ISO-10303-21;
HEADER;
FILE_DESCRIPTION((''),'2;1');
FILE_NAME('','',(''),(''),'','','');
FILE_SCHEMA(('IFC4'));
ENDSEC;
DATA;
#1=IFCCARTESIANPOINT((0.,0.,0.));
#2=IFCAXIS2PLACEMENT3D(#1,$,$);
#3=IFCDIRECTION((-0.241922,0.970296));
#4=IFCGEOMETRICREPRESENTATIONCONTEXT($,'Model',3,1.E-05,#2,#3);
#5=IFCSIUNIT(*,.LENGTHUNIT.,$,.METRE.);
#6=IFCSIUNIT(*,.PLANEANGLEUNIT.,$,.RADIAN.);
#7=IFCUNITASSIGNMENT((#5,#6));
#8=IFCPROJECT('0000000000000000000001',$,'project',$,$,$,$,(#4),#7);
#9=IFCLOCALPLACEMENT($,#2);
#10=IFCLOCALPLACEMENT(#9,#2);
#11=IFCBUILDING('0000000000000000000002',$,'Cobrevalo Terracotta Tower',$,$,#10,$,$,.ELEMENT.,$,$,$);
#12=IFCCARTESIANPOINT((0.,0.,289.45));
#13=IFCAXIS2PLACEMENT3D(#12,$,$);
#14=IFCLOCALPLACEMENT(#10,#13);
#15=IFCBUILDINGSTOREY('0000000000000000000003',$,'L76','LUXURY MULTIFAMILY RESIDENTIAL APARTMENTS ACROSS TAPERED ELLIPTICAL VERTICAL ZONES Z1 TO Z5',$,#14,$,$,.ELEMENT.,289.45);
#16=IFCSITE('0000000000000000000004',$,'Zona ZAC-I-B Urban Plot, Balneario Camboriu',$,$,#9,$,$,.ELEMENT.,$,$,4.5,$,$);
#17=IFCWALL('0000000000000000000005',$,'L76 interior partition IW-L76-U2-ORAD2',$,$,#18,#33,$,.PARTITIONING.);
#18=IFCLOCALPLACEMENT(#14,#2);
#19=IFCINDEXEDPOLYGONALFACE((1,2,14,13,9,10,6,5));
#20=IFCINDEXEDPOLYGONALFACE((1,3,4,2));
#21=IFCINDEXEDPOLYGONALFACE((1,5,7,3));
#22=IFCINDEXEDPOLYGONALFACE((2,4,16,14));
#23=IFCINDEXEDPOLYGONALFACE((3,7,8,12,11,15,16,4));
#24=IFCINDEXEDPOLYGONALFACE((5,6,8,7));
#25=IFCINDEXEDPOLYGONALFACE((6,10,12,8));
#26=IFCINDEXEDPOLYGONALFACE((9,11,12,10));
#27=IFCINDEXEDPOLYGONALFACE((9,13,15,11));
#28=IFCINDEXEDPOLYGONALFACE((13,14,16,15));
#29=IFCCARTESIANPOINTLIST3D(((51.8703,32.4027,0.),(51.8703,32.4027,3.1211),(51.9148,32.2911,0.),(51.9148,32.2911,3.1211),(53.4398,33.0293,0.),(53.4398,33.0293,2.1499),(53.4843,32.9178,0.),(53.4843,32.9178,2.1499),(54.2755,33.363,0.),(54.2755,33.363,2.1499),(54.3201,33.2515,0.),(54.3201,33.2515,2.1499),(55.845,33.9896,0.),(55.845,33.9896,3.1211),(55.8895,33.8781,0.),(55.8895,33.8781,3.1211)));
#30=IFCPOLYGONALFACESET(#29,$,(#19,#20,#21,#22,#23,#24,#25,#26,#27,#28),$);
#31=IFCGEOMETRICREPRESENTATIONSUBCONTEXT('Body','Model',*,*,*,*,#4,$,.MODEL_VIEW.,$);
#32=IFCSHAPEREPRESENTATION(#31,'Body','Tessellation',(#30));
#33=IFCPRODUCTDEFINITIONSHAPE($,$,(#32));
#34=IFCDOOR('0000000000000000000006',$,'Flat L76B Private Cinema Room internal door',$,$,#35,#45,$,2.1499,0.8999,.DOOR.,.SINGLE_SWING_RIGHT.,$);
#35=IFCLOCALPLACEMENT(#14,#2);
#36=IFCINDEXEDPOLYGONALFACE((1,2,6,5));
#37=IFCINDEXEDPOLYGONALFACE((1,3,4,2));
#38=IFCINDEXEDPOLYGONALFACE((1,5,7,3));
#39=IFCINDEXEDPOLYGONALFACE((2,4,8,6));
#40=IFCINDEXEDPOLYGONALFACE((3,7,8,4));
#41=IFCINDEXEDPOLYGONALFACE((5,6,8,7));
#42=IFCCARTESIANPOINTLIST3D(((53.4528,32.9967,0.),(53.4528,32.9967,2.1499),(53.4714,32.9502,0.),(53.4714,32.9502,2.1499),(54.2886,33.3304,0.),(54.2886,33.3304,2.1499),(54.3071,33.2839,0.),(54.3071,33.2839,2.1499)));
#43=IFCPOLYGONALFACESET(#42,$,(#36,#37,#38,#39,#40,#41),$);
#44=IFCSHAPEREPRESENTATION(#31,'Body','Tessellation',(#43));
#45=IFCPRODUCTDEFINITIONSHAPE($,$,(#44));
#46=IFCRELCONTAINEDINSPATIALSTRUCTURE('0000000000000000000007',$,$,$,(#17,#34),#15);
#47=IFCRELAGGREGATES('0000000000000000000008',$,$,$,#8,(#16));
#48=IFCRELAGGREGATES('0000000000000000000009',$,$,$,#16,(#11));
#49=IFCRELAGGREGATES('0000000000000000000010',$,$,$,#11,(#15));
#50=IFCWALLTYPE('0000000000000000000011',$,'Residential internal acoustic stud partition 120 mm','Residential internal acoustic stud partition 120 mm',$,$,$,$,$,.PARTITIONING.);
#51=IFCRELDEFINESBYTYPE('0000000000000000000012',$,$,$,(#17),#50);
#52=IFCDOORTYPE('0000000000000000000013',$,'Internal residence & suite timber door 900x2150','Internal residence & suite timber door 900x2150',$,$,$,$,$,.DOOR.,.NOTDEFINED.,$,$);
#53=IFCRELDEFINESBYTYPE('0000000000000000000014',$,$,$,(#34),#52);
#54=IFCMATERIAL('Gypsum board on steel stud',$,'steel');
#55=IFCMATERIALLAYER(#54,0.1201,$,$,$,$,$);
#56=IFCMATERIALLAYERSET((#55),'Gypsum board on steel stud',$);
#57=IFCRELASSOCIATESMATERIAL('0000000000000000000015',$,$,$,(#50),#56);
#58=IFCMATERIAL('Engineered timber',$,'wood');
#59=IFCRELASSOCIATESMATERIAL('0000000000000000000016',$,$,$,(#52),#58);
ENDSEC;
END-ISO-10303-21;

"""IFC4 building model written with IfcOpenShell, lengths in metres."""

from ifc_helpers import new_model, si_unit, direction, frame, frame_2d, origin, place, context, subcontext, project, spatial, rectangle, extrude, source, transform, mapped, material, layer, layer_set, type_object, element, fill, save


model = new_model("IFC4")

# Units and contexts
model_context = context("Model", 3, precision=1e-05, world=origin(), true_north=direction((-0.241922, 0.970296)))
body_context = subcontext(model_context, "Body", "Model", "MODEL_VIEW")
ifc_project = project(units=[si_unit("LENGTHUNIT", "METRE"), si_unit("PLANEANGLEUNIT", "RADIAN")], contexts=[model_context])

# Site, building, storey
site_placement = place(None, origin())
site = spatial("IfcSite", under=ifc_project, at=site_placement, Name="Zona ZAC-I-B Urban Plot, Balneario Camboriu", CompositionType="ELEMENT", RefElevation=4.5)
building_placement = place(site_placement, origin())
building = spatial("IfcBuilding", under=site, at=building_placement, Name="Cobrevalo Terracotta Tower", CompositionType="ELEMENT")
storey_placement = place(building_placement, frame((0.0, 0.0, 289.45)))
storey = spatial("IfcBuildingStorey", under=building, at=storey_placement, Name="L76", Description="LUXURY MULTIFAMILY RESIDENTIAL APARTMENTS ACROSS TAPERED ELLIPTICAL VERTICAL ZONES Z1 TO Z5", CompositionType="ELEMENT", Elevation=289.45)

# Shared definitions
ifc_material_1 = material(Name="Gypsum board on steel stud", Category="steel")
ifc_layer_1 = layer(ifc_material_1, 0.1201)
ifc_layer_set_1 = layer_set([ifc_layer_1], Name="Gypsum board on steel stud")
wall_type = type_object("IfcWallType", Name="Residential internal acoustic stud partition 120 mm", Description="Residential internal acoustic stud partition 120 mm", PredefinedType="PARTITIONING", material=ifc_layer_set_1)

# Wall, opening, door
wall_1_placement = place(storey_placement, frame((51.8926, 32.3469, 0.0), z_axis=(0.0, 0.0, 1.0), x_axis=(0.928713, 0.3708, 0.0)))
wall_1 = element("IfcWall", 1, at=wall_1_placement, inside=storey, type_object=wall_type, Name="L76 interior partition IW-L76-U2-ORAD2", PredefinedType="PARTITIONING", context=body_context, shape_type="SweptSolid", body=[
    extrude(rectangle(XDim=4.2798, YDim=0.1201, at=frame_2d((2.1399, 0.0))), origin(), (0.0, 0.0, 1.0), 3.1211),
])
opening_1_placement = place(wall_1_placement, frame((1.6899, 0.0, 0.0)))
opening_1 = element("IfcOpeningElement", 2, at=opening_1_placement, cuts=wall_1, PredefinedType="OPENING", context=body_context, shape_type="SweptSolid", body=[
    extrude(rectangle(XDim=0.8999, YDim=2.1499, at=frame_2d((0.45, 1.075))), frame((0.0, 0.0701, 0.0), z_axis=(0.0, -1.0, 0.0), x_axis=(1.0, 0.0, 0.0)), (0.0, 0.0, 1.0), 0.1401),
])
ifc_material_2 = material(Name="Engineered timber", Category="wood")
door_type = type_object("IfcDoorType", Name="Internal residence & suite timber door 900x2150", Description="Internal residence & suite timber door 900x2150", OperationType="NOTDEFINED", PredefinedType="DOOR", material=ifc_material_2)
shared_shape_1 = source(origin(), body_context, "Body", "SweptSolid", [
    extrude(rectangle(XDim=0.8999, YDim=2.1499, at=frame_2d((0.45, 1.075))), frame((0.0, 0.0249, 0.0), z_axis=(0.0, -1.0, 0.0), x_axis=(1.0, 0.0, 0.0)), (0.0, 0.0, 1.0), 0.05),
])
door_1_placement = place(opening_1_placement, origin())
door_1 = element("IfcDoor", 3, at=door_1_placement, inside=storey, type_object=door_type, Name="Flat L76B Private Cinema Room internal door", OperationType="SINGLE_SWING_RIGHT", OverallHeight=2.1499, OverallWidth=0.8999, PredefinedType="DOOR", context=body_context, shape_type="MappedRepresentation", body=[
    mapped(shared_shape_1, transform((0.0, 0.0, 0.0), scale=1.0)),
])
fill(opening_1, door_1)

save(model, "model.ifc")
